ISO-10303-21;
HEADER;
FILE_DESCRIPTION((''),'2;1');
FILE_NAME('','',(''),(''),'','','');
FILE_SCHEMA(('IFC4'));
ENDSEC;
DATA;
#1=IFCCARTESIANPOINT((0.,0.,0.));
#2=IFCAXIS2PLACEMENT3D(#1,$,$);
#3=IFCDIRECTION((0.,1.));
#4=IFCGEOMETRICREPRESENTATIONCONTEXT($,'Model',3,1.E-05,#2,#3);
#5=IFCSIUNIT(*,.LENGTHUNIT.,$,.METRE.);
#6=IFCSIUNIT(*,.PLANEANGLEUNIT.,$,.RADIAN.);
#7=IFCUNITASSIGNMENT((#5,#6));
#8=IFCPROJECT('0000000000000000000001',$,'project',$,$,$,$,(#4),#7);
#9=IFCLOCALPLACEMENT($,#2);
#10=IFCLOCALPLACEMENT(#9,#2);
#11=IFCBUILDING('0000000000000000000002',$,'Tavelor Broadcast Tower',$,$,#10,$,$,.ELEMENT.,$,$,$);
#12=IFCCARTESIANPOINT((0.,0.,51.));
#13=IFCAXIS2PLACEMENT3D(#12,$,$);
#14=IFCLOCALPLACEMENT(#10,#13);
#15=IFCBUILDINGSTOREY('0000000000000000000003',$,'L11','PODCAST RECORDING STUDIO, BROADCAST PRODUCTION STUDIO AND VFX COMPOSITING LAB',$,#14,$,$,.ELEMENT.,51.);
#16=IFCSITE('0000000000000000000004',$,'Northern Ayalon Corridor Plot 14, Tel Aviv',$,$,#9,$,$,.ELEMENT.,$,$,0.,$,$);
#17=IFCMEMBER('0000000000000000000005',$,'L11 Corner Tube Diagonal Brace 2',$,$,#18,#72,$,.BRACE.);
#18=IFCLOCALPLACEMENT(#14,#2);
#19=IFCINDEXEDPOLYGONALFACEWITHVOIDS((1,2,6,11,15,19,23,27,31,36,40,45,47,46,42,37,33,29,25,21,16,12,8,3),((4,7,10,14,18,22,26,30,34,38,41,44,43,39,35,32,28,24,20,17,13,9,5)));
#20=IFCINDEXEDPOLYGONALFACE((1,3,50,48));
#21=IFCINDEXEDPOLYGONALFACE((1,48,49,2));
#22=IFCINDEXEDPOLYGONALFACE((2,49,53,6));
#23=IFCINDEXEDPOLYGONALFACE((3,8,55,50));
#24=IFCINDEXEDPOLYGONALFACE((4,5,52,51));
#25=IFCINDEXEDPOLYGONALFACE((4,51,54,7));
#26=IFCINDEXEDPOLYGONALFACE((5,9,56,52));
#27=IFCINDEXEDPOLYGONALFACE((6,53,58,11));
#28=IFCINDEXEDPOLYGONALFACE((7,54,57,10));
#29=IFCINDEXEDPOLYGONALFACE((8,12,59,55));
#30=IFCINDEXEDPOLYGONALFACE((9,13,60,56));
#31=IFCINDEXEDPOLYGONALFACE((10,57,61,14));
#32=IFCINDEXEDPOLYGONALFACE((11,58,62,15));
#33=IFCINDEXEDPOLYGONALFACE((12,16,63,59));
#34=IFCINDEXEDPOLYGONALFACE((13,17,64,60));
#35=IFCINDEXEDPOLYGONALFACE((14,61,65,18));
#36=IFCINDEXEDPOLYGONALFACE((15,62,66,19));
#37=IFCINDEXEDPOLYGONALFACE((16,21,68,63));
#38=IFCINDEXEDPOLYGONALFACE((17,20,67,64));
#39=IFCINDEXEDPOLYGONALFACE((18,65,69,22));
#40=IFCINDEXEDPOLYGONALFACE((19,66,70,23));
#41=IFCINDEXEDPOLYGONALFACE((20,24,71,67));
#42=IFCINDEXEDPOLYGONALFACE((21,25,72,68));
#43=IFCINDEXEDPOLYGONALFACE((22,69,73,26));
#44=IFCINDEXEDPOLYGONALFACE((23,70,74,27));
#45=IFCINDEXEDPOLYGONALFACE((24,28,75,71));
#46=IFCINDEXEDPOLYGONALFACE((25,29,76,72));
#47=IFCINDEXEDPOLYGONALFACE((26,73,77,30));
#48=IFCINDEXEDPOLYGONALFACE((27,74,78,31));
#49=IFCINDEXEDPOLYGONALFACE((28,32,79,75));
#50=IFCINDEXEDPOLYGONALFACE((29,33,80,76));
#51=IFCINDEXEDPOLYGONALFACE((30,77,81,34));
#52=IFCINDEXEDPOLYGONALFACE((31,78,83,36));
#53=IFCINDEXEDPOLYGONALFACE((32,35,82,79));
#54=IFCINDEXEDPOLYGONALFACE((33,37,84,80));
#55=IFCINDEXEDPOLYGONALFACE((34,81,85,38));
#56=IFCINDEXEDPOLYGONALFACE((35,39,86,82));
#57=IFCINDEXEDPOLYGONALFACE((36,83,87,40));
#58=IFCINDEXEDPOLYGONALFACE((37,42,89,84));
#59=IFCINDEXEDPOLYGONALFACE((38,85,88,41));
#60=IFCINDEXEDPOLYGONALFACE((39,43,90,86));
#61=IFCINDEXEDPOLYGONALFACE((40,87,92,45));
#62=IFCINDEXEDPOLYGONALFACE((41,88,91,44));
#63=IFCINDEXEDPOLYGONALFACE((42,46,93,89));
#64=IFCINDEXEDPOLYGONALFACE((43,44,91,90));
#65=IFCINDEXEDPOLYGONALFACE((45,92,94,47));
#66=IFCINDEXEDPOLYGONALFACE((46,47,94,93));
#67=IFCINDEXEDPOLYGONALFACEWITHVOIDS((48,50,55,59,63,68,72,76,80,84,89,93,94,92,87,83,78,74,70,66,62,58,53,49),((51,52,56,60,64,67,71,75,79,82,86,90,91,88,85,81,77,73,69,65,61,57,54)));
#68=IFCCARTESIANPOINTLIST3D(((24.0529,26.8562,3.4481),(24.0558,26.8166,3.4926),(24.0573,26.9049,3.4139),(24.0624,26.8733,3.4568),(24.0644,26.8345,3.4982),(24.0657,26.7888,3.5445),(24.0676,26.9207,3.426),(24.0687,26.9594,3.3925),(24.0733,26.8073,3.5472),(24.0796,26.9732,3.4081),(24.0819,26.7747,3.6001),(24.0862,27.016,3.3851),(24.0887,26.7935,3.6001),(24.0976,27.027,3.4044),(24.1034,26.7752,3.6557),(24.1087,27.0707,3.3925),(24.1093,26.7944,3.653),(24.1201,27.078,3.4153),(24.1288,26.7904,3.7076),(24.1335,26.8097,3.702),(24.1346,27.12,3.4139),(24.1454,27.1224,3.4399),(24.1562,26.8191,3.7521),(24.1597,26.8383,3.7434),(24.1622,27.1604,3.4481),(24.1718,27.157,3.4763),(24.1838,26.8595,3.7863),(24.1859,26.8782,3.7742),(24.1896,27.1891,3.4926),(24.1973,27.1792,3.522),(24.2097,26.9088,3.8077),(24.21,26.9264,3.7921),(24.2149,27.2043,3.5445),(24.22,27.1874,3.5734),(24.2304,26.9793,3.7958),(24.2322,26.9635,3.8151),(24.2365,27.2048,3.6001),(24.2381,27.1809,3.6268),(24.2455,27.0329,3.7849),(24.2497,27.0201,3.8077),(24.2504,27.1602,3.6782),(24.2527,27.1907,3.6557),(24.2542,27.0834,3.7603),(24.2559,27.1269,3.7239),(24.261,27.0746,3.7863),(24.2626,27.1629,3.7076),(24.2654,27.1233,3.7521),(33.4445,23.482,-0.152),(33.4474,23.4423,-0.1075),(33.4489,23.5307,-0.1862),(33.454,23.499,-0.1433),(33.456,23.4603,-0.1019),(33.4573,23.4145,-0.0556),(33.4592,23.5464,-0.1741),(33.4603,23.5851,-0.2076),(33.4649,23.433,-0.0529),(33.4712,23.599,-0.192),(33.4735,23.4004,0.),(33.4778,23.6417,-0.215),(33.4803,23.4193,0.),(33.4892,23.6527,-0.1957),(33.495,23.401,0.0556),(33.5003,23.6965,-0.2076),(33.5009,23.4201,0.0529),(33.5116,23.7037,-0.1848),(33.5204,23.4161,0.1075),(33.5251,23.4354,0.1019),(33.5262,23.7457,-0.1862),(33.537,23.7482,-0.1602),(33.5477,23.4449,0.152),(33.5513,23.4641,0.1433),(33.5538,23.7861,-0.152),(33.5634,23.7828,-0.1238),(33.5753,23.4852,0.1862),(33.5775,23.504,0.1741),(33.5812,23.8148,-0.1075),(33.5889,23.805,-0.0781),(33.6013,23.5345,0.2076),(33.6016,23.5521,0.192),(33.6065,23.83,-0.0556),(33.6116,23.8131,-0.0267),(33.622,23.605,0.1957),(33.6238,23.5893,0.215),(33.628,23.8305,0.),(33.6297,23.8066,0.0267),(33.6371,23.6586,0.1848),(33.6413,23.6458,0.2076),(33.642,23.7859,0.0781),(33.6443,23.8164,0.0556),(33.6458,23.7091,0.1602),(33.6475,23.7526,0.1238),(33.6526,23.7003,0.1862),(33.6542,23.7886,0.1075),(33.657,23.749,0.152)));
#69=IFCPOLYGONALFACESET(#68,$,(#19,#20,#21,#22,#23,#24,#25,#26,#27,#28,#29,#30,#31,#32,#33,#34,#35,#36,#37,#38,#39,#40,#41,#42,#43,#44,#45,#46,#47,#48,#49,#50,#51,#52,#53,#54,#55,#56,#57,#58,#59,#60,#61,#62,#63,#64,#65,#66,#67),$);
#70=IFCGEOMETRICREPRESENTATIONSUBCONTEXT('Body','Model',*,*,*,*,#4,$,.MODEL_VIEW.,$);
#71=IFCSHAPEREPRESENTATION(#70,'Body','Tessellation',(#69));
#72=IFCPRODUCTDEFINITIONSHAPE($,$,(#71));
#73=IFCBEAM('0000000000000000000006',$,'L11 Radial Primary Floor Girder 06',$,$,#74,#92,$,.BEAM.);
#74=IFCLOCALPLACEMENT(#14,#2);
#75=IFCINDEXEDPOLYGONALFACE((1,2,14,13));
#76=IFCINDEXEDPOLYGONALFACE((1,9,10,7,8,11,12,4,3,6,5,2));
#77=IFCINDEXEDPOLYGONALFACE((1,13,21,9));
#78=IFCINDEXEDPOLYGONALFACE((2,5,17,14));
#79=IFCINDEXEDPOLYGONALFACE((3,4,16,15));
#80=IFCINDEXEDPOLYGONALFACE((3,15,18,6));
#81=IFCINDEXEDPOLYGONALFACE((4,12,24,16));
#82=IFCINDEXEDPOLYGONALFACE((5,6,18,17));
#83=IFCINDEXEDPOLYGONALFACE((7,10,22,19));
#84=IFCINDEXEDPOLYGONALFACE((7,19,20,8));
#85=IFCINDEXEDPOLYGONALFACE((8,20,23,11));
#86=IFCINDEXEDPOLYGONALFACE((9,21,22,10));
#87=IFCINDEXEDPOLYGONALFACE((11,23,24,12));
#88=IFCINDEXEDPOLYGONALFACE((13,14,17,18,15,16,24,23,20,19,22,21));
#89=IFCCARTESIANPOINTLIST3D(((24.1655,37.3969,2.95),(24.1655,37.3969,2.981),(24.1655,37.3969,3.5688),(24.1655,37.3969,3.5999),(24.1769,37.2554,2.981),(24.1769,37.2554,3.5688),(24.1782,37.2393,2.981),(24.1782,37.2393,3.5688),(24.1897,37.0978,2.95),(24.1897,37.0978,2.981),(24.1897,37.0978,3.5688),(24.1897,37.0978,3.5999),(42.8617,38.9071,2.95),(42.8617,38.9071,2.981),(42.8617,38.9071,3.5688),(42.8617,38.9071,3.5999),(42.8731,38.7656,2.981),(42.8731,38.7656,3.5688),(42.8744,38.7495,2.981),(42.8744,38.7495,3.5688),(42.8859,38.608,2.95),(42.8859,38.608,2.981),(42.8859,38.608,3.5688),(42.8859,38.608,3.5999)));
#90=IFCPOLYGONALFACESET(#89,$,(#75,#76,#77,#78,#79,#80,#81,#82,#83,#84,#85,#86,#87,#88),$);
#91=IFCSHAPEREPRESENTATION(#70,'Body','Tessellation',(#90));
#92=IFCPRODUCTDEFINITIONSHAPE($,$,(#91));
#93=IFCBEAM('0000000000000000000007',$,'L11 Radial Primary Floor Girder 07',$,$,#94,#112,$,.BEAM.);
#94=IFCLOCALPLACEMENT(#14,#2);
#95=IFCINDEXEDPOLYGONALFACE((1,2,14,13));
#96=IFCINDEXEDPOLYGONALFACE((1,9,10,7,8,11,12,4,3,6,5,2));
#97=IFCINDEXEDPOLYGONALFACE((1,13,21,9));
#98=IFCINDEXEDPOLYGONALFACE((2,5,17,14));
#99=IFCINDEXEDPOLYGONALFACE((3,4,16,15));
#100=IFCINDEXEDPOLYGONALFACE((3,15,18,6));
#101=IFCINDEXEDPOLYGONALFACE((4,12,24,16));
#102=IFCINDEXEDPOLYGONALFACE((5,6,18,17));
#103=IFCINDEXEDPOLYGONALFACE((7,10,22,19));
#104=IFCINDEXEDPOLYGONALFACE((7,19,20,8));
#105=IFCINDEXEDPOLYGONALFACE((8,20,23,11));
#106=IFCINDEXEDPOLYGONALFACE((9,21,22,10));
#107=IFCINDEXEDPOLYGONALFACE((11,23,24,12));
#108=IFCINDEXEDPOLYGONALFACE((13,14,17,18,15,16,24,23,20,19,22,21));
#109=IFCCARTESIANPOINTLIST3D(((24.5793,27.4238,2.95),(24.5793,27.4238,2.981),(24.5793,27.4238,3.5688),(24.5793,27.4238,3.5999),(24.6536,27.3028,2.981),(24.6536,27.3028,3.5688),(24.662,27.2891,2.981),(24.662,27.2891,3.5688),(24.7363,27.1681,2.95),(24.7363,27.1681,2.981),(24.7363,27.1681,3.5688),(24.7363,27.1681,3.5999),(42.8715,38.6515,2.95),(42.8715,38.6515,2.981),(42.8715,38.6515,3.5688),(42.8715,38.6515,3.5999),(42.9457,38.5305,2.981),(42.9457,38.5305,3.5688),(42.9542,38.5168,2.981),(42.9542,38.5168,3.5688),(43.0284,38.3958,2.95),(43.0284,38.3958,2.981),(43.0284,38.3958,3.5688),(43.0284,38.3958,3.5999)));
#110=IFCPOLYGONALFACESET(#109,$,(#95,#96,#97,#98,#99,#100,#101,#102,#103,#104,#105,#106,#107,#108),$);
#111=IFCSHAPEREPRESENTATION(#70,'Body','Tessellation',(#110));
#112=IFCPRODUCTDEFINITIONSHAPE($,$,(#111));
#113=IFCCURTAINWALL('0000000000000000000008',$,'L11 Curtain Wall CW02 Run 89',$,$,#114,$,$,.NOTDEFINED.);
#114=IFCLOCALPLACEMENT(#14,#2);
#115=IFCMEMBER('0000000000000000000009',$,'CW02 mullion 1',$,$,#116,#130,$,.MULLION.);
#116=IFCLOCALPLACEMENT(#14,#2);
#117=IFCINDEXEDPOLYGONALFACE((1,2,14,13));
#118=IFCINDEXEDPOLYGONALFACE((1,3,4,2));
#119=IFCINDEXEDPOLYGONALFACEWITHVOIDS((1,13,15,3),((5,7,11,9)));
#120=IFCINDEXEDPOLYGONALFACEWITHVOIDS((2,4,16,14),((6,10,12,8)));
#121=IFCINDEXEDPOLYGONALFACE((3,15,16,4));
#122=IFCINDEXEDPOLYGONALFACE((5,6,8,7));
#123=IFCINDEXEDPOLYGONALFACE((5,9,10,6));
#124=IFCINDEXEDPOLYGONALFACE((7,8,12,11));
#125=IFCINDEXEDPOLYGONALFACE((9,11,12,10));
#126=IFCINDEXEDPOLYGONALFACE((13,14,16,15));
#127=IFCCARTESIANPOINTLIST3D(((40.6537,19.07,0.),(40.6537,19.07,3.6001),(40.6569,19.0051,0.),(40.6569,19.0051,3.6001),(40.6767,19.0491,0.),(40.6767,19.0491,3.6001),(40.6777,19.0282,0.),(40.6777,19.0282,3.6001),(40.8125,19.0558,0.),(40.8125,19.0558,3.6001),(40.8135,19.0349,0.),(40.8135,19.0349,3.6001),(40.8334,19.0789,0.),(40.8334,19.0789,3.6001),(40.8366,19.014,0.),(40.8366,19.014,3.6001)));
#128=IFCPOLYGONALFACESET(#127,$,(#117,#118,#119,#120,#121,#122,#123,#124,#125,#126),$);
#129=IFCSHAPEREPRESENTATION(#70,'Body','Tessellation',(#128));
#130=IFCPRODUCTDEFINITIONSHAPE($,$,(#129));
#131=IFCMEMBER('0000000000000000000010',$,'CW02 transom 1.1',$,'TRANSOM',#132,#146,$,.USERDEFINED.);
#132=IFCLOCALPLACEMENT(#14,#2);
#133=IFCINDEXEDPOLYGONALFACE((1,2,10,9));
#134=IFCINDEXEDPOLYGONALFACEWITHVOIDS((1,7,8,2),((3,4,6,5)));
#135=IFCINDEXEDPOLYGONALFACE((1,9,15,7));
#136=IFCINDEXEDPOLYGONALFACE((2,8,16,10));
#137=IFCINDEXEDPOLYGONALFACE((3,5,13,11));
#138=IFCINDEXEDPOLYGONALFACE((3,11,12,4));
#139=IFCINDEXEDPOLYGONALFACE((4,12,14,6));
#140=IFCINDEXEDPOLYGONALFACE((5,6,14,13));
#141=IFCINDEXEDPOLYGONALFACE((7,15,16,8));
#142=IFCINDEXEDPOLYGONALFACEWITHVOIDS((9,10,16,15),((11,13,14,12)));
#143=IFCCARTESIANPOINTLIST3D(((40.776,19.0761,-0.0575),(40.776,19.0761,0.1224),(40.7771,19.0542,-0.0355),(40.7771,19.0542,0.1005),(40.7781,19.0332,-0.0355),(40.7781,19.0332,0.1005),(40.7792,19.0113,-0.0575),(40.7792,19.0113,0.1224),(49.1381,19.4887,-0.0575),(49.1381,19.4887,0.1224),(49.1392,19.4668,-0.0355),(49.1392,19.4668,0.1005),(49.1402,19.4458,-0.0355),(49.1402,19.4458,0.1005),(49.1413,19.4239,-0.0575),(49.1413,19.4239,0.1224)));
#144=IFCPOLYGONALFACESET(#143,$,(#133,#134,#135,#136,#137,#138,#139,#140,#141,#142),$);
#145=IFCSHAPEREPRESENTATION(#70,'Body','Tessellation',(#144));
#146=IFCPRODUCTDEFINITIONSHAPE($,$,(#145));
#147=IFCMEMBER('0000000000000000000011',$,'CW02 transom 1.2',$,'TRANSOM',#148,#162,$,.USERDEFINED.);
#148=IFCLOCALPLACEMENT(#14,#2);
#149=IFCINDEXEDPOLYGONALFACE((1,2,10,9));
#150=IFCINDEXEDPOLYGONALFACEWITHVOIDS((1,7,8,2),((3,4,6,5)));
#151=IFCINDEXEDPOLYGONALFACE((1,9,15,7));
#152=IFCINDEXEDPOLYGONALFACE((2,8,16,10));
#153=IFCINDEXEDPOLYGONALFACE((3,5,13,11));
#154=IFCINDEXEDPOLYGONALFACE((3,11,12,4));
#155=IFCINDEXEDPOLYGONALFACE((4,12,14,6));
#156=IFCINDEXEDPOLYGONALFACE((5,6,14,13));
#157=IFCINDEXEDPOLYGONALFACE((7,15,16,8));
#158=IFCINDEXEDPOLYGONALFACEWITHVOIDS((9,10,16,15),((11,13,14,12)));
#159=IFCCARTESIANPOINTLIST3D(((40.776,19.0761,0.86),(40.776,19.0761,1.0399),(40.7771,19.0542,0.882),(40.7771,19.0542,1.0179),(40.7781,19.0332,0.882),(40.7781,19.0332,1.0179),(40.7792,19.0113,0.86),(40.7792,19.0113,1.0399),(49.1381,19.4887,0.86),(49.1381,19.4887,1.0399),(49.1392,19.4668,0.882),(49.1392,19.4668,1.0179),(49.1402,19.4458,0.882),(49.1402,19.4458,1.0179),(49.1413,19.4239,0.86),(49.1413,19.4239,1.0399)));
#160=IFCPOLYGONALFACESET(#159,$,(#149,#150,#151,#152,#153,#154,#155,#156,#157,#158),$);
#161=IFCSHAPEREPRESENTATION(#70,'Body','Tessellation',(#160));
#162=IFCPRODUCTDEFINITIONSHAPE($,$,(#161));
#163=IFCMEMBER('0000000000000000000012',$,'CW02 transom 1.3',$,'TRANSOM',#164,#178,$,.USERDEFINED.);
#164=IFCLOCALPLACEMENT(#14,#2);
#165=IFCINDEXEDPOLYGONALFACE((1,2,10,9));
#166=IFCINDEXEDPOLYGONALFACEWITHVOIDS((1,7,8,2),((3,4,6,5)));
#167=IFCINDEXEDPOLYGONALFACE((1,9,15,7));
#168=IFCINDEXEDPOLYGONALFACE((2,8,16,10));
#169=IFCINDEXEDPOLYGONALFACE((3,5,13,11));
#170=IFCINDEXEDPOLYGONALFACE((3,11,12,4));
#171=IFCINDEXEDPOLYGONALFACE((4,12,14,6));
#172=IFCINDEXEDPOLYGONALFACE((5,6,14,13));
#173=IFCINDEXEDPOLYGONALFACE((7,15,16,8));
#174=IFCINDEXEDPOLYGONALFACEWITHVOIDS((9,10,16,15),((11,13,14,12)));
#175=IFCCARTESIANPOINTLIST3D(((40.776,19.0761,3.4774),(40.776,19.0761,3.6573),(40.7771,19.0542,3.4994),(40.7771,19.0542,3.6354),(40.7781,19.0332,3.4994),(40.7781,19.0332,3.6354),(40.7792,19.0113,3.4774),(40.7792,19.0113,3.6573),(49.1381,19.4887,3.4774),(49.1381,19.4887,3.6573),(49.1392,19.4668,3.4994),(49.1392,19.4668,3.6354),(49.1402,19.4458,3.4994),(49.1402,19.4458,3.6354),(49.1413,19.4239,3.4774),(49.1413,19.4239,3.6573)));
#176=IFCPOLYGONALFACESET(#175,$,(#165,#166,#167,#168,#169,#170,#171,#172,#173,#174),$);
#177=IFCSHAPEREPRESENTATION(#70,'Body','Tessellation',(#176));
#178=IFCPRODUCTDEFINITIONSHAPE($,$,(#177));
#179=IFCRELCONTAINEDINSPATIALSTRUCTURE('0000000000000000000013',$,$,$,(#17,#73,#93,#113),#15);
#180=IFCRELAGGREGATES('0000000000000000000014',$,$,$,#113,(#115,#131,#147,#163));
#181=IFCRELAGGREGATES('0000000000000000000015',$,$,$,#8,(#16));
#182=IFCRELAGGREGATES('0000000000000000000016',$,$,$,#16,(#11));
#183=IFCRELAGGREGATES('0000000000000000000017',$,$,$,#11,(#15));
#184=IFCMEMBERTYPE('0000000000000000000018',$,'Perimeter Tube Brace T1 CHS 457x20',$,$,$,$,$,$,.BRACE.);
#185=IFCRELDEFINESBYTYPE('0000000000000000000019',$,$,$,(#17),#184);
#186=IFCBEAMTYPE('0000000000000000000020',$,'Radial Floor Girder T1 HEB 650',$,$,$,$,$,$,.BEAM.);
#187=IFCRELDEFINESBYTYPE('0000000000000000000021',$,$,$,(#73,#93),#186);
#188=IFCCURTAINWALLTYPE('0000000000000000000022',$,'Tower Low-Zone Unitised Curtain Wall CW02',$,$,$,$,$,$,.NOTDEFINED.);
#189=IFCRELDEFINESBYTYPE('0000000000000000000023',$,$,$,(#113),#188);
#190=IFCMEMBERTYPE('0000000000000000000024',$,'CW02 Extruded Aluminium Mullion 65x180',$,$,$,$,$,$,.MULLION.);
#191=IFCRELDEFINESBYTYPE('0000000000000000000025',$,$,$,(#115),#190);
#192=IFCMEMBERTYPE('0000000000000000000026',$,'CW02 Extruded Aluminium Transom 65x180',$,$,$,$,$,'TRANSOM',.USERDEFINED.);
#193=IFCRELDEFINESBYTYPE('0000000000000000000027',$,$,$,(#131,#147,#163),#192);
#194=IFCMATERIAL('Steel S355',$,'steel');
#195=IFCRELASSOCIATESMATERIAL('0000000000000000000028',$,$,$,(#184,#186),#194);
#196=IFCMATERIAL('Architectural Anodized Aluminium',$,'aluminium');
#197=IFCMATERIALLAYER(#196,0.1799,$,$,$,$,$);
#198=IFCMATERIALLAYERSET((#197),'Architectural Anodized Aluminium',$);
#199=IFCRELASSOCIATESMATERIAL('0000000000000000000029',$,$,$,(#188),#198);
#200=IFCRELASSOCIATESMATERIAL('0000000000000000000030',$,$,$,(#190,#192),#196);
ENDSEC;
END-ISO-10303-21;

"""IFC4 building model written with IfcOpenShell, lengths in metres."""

from ifc_helpers import new_model, si_unit, direction, frame, origin, origin_2d, place, context, subcontext, project, spatial, hollow_rectangle, hollow_circle, i_section, extrude, source, transform, mapped, material, layer, layer_set, material_profile, profile_set, type_object, type_shapes, element, aggregate, save


model = new_model("IFC4")

# Units and contexts
model_context = context("Model", 3, precision=1e-05, world=origin(), true_north=direction((0.0, 1.0)))
body_context = subcontext(model_context, "Body", "Model", "MODEL_VIEW")
ifc_project = project(units=[si_unit("LENGTHUNIT", "METRE"), si_unit("PLANEANGLEUNIT", "RADIAN")], contexts=[model_context])

# Site, building, storey
site_placement = place(None, origin())
site = spatial("IfcSite", under=ifc_project, at=site_placement, Name="Northern Ayalon Corridor Plot 14, Tel Aviv", CompositionType="ELEMENT", RefElevation=0.0)
building_placement = place(site_placement, origin())
building = spatial("IfcBuilding", under=site, at=building_placement, Name="Tavelor Broadcast Tower", CompositionType="ELEMENT")
storey_placement = place(building_placement, frame((0.0, 0.0, 51.0)))
storey = spatial("IfcBuildingStorey", under=building, at=storey_placement, Name="L11", Description="PODCAST RECORDING STUDIO, BROADCAST PRODUCTION STUDIO AND VFX COMPOSITING LAB", CompositionType="ELEMENT", Elevation=51.0)

# Shared definitions
ifc_material_1 = material(Name="Steel S355", Category="steel")

# Member
ifc_material_profile_1 = material_profile(ifc_material_1, hollow_circle(Radius=0.2285, WallThickness=0.02, at=origin_2d()), Name="CHS 457x20")
ifc_profile_set_1 = profile_set([ifc_material_profile_1], Name="Steel S355")
member_type_1 = type_object("IfcMemberType", Name="Perimeter Tube Brace T1 CHS 457x20", PredefinedType="BRACE", material=ifc_profile_set_1)
member_1_placement = place(storey_placement, frame((33.5508, 23.6155, 0.0), z_axis=(-0.885258, 0.31806, 0.339347), x_axis=(-0.338124, -0.941101, 0.0)))
element("IfcMember", 1, at=member_1_placement, inside=storey, type_object=member_type_1, Name="L11 Corner Tube Diagonal Brace 2", PredefinedType="BRACE", context=body_context, shape_type="SweptSolid", body=[
    extrude(hollow_circle(Radius=0.2285, WallThickness=0.02, at=origin_2d()), origin(), (0.0, 0.0, 1.0), 10.6089),
])

# Beams
ifc_material_profile_2 = material_profile(ifc_material_1, i_section(OverallWidth=0.3, OverallDepth=0.6499, WebThickness=0.0161, FlangeThickness=0.031, at=origin_2d()), Name="HEB 650")
ifc_profile_set_2 = profile_set([ifc_material_profile_2], Name="Steel S355")
beam_type_1 = type_object("IfcBeamType", Name="Radial Floor Girder T1 HEB 650", PredefinedType="BEAM", material=ifc_profile_set_2)
beam_1_placement = place(storey_placement, frame((42.8738, 38.7576, 3.2749), z_axis=(-0.996753, -0.080516, 0.0), x_axis=(0.080516, -0.996753, 0.0)))
element("IfcBeam", 2, at=beam_1_placement, inside=storey, type_object=beam_type_1, Name="L11 Radial Primary Floor Girder 06", PredefinedType="BEAM", context=body_context, shape_type="SweptSolid", body=[
    extrude(i_section(OverallWidth=0.3, OverallDepth=0.6499, WebThickness=0.0161, FlangeThickness=0.031, at=origin_2d()), origin(), (0.0, 0.0, 1.0), 18.7571),
])
beam_2_placement = place(storey_placement, frame((42.95, 38.5237, 3.2749), z_axis=(-0.85226, -0.523118, 0.0), x_axis=(0.523118, -0.85226, 0.0)))
element("IfcBeam", 3, at=beam_2_placement, inside=storey, type_object=beam_type_1, Name="L11 Radial Primary Floor Girder 07", PredefinedType="BEAM", context=body_context, shape_type="SweptSolid", body=[
    extrude(i_section(OverallWidth=0.3, OverallDepth=0.6499, WebThickness=0.0161, FlangeThickness=0.031, at=origin_2d()), origin(), (0.0, 0.0, 1.0), 21.4631),
])

# Curtain wall, members
ifc_material_2 = material(Name="Architectural Anodized Aluminium", Category="aluminium")
ifc_layer_1 = layer(ifc_material_2, 0.1799)
ifc_layer_set_1 = layer_set([ifc_layer_1], Name="Architectural Anodized Aluminium")
curtain_wall_type = type_object("IfcCurtainWallType", Name="Tower Low-Zone Unitised Curtain Wall CW02", PredefinedType="NOTDEFINED", material=ifc_layer_set_1)
curtain_wall_placement = place(storey_placement, origin())
curtain_wall = element("IfcCurtainWall", 4, at=curtain_wall_placement, inside=storey, type_object=curtain_wall_type, Name="L11 Curtain Wall CW02 Run 89", PredefinedType="NOTDEFINED")
ifc_material_profile_3 = material_profile(ifc_material_2, hollow_rectangle(XDim=0.0649, YDim=0.1799, WallThickness=0.022, at=origin_2d()), Name="RHS 65x180x22")
ifc_profile_set_3 = profile_set([ifc_material_profile_3], Name="Architectural Anodized Aluminium")
member_type_2 = type_object("IfcMemberType", Name="CW02 Extruded Aluminium Mullion 65x180", PredefinedType="MULLION", material=ifc_profile_set_3)
shared_shape_1 = source(origin(), body_context, "Body", "SweptSolid", [
    extrude(hollow_rectangle(XDim=0.0649, YDim=0.1799, WallThickness=0.022, at=origin_2d()), origin(), (0.0, 0.0, 1.0), 3.6001),
])
type_shapes(member_type_2, [shared_shape_1])
member_2_placement = place(storey_placement, frame((40.7451, 19.042, 0.0), z_axis=(0.0, 0.0, 1.0), x_axis=(-0.049281, 0.998785, 0.0)))
member_2 = element("IfcMember", 5, at=member_2_placement, type_object=member_type_2, Name="CW02 mullion 1", PredefinedType="MULLION", context=body_context, shape_type="MappedRepresentation", body=[
    mapped(shared_shape_1, transform((0.0, 0.0, 0.0), scale=1.0)),
])
ifc_material_profile_4 = material_profile(ifc_material_2, hollow_rectangle(XDim=0.0649, YDim=0.1799, WallThickness=0.022, at=origin_2d()), Name="RHS 65x180x22")
ifc_profile_set_4 = profile_set([ifc_material_profile_4], Name="Architectural Anodized Aluminium")
member_type_3 = type_object("IfcMemberType", Name="CW02 Extruded Aluminium Transom 65x180", ElementType="TRANSOM", PredefinedType="USERDEFINED", material=ifc_profile_set_4)
shared_shape_2 = source(origin(), body_context, "Body", "SweptSolid", [
    extrude(hollow_rectangle(XDim=0.0649, YDim=0.1799, WallThickness=0.022, at=origin_2d()), origin(), (0.0, 0.0, 1.0), 8.3723),
])
type_shapes(member_type_3, [shared_shape_2])
member_3_placement = place(storey_placement, frame((40.7776, 19.0437, 0.0325), z_axis=(0.998785, 0.049282, 0.0), x_axis=(-0.049282, 0.998785, 0.0)))
member_3 = element("IfcMember", 6, at=member_3_placement, type_object=member_type_3, Name="CW02 transom 1.1", ObjectType="TRANSOM", PredefinedType="USERDEFINED", context=body_context, shape_type="MappedRepresentation", body=[
    mapped(shared_shape_2, transform((0.0, 0.0, 0.0), scale=1.0)),
])
member_4_placement = place(storey_placement, frame((40.7776, 19.0437, 0.95), z_axis=(0.998785, 0.049282, 0.0), x_axis=(-0.049282, 0.998785, 0.0)))
member_4 = element("IfcMember", 7, at=member_4_placement, type_object=member_type_3, Name="CW02 transom 1.2", ObjectType="TRANSOM", PredefinedType="USERDEFINED", context=body_context, shape_type="MappedRepresentation", body=[
    mapped(shared_shape_2, transform((0.0, 0.0, 0.0), scale=1.0)),
])
member_5_placement = place(storey_placement, frame((40.7776, 19.0437, 3.5674), z_axis=(0.998785, 0.049282, 0.0), x_axis=(-0.049282, 0.998785, 0.0)))
member_5 = element("IfcMember", 8, at=member_5_placement, type_object=member_type_3, Name="CW02 transom 1.3", ObjectType="TRANSOM", PredefinedType="USERDEFINED", context=body_context, shape_type="MappedRepresentation", body=[
    mapped(shared_shape_2, transform((0.0, 0.0, 0.0), scale=1.0)),
])
aggregate(curtain_wall, [member_2, member_3, member_4, member_5])

save(model, "model.ifc")
